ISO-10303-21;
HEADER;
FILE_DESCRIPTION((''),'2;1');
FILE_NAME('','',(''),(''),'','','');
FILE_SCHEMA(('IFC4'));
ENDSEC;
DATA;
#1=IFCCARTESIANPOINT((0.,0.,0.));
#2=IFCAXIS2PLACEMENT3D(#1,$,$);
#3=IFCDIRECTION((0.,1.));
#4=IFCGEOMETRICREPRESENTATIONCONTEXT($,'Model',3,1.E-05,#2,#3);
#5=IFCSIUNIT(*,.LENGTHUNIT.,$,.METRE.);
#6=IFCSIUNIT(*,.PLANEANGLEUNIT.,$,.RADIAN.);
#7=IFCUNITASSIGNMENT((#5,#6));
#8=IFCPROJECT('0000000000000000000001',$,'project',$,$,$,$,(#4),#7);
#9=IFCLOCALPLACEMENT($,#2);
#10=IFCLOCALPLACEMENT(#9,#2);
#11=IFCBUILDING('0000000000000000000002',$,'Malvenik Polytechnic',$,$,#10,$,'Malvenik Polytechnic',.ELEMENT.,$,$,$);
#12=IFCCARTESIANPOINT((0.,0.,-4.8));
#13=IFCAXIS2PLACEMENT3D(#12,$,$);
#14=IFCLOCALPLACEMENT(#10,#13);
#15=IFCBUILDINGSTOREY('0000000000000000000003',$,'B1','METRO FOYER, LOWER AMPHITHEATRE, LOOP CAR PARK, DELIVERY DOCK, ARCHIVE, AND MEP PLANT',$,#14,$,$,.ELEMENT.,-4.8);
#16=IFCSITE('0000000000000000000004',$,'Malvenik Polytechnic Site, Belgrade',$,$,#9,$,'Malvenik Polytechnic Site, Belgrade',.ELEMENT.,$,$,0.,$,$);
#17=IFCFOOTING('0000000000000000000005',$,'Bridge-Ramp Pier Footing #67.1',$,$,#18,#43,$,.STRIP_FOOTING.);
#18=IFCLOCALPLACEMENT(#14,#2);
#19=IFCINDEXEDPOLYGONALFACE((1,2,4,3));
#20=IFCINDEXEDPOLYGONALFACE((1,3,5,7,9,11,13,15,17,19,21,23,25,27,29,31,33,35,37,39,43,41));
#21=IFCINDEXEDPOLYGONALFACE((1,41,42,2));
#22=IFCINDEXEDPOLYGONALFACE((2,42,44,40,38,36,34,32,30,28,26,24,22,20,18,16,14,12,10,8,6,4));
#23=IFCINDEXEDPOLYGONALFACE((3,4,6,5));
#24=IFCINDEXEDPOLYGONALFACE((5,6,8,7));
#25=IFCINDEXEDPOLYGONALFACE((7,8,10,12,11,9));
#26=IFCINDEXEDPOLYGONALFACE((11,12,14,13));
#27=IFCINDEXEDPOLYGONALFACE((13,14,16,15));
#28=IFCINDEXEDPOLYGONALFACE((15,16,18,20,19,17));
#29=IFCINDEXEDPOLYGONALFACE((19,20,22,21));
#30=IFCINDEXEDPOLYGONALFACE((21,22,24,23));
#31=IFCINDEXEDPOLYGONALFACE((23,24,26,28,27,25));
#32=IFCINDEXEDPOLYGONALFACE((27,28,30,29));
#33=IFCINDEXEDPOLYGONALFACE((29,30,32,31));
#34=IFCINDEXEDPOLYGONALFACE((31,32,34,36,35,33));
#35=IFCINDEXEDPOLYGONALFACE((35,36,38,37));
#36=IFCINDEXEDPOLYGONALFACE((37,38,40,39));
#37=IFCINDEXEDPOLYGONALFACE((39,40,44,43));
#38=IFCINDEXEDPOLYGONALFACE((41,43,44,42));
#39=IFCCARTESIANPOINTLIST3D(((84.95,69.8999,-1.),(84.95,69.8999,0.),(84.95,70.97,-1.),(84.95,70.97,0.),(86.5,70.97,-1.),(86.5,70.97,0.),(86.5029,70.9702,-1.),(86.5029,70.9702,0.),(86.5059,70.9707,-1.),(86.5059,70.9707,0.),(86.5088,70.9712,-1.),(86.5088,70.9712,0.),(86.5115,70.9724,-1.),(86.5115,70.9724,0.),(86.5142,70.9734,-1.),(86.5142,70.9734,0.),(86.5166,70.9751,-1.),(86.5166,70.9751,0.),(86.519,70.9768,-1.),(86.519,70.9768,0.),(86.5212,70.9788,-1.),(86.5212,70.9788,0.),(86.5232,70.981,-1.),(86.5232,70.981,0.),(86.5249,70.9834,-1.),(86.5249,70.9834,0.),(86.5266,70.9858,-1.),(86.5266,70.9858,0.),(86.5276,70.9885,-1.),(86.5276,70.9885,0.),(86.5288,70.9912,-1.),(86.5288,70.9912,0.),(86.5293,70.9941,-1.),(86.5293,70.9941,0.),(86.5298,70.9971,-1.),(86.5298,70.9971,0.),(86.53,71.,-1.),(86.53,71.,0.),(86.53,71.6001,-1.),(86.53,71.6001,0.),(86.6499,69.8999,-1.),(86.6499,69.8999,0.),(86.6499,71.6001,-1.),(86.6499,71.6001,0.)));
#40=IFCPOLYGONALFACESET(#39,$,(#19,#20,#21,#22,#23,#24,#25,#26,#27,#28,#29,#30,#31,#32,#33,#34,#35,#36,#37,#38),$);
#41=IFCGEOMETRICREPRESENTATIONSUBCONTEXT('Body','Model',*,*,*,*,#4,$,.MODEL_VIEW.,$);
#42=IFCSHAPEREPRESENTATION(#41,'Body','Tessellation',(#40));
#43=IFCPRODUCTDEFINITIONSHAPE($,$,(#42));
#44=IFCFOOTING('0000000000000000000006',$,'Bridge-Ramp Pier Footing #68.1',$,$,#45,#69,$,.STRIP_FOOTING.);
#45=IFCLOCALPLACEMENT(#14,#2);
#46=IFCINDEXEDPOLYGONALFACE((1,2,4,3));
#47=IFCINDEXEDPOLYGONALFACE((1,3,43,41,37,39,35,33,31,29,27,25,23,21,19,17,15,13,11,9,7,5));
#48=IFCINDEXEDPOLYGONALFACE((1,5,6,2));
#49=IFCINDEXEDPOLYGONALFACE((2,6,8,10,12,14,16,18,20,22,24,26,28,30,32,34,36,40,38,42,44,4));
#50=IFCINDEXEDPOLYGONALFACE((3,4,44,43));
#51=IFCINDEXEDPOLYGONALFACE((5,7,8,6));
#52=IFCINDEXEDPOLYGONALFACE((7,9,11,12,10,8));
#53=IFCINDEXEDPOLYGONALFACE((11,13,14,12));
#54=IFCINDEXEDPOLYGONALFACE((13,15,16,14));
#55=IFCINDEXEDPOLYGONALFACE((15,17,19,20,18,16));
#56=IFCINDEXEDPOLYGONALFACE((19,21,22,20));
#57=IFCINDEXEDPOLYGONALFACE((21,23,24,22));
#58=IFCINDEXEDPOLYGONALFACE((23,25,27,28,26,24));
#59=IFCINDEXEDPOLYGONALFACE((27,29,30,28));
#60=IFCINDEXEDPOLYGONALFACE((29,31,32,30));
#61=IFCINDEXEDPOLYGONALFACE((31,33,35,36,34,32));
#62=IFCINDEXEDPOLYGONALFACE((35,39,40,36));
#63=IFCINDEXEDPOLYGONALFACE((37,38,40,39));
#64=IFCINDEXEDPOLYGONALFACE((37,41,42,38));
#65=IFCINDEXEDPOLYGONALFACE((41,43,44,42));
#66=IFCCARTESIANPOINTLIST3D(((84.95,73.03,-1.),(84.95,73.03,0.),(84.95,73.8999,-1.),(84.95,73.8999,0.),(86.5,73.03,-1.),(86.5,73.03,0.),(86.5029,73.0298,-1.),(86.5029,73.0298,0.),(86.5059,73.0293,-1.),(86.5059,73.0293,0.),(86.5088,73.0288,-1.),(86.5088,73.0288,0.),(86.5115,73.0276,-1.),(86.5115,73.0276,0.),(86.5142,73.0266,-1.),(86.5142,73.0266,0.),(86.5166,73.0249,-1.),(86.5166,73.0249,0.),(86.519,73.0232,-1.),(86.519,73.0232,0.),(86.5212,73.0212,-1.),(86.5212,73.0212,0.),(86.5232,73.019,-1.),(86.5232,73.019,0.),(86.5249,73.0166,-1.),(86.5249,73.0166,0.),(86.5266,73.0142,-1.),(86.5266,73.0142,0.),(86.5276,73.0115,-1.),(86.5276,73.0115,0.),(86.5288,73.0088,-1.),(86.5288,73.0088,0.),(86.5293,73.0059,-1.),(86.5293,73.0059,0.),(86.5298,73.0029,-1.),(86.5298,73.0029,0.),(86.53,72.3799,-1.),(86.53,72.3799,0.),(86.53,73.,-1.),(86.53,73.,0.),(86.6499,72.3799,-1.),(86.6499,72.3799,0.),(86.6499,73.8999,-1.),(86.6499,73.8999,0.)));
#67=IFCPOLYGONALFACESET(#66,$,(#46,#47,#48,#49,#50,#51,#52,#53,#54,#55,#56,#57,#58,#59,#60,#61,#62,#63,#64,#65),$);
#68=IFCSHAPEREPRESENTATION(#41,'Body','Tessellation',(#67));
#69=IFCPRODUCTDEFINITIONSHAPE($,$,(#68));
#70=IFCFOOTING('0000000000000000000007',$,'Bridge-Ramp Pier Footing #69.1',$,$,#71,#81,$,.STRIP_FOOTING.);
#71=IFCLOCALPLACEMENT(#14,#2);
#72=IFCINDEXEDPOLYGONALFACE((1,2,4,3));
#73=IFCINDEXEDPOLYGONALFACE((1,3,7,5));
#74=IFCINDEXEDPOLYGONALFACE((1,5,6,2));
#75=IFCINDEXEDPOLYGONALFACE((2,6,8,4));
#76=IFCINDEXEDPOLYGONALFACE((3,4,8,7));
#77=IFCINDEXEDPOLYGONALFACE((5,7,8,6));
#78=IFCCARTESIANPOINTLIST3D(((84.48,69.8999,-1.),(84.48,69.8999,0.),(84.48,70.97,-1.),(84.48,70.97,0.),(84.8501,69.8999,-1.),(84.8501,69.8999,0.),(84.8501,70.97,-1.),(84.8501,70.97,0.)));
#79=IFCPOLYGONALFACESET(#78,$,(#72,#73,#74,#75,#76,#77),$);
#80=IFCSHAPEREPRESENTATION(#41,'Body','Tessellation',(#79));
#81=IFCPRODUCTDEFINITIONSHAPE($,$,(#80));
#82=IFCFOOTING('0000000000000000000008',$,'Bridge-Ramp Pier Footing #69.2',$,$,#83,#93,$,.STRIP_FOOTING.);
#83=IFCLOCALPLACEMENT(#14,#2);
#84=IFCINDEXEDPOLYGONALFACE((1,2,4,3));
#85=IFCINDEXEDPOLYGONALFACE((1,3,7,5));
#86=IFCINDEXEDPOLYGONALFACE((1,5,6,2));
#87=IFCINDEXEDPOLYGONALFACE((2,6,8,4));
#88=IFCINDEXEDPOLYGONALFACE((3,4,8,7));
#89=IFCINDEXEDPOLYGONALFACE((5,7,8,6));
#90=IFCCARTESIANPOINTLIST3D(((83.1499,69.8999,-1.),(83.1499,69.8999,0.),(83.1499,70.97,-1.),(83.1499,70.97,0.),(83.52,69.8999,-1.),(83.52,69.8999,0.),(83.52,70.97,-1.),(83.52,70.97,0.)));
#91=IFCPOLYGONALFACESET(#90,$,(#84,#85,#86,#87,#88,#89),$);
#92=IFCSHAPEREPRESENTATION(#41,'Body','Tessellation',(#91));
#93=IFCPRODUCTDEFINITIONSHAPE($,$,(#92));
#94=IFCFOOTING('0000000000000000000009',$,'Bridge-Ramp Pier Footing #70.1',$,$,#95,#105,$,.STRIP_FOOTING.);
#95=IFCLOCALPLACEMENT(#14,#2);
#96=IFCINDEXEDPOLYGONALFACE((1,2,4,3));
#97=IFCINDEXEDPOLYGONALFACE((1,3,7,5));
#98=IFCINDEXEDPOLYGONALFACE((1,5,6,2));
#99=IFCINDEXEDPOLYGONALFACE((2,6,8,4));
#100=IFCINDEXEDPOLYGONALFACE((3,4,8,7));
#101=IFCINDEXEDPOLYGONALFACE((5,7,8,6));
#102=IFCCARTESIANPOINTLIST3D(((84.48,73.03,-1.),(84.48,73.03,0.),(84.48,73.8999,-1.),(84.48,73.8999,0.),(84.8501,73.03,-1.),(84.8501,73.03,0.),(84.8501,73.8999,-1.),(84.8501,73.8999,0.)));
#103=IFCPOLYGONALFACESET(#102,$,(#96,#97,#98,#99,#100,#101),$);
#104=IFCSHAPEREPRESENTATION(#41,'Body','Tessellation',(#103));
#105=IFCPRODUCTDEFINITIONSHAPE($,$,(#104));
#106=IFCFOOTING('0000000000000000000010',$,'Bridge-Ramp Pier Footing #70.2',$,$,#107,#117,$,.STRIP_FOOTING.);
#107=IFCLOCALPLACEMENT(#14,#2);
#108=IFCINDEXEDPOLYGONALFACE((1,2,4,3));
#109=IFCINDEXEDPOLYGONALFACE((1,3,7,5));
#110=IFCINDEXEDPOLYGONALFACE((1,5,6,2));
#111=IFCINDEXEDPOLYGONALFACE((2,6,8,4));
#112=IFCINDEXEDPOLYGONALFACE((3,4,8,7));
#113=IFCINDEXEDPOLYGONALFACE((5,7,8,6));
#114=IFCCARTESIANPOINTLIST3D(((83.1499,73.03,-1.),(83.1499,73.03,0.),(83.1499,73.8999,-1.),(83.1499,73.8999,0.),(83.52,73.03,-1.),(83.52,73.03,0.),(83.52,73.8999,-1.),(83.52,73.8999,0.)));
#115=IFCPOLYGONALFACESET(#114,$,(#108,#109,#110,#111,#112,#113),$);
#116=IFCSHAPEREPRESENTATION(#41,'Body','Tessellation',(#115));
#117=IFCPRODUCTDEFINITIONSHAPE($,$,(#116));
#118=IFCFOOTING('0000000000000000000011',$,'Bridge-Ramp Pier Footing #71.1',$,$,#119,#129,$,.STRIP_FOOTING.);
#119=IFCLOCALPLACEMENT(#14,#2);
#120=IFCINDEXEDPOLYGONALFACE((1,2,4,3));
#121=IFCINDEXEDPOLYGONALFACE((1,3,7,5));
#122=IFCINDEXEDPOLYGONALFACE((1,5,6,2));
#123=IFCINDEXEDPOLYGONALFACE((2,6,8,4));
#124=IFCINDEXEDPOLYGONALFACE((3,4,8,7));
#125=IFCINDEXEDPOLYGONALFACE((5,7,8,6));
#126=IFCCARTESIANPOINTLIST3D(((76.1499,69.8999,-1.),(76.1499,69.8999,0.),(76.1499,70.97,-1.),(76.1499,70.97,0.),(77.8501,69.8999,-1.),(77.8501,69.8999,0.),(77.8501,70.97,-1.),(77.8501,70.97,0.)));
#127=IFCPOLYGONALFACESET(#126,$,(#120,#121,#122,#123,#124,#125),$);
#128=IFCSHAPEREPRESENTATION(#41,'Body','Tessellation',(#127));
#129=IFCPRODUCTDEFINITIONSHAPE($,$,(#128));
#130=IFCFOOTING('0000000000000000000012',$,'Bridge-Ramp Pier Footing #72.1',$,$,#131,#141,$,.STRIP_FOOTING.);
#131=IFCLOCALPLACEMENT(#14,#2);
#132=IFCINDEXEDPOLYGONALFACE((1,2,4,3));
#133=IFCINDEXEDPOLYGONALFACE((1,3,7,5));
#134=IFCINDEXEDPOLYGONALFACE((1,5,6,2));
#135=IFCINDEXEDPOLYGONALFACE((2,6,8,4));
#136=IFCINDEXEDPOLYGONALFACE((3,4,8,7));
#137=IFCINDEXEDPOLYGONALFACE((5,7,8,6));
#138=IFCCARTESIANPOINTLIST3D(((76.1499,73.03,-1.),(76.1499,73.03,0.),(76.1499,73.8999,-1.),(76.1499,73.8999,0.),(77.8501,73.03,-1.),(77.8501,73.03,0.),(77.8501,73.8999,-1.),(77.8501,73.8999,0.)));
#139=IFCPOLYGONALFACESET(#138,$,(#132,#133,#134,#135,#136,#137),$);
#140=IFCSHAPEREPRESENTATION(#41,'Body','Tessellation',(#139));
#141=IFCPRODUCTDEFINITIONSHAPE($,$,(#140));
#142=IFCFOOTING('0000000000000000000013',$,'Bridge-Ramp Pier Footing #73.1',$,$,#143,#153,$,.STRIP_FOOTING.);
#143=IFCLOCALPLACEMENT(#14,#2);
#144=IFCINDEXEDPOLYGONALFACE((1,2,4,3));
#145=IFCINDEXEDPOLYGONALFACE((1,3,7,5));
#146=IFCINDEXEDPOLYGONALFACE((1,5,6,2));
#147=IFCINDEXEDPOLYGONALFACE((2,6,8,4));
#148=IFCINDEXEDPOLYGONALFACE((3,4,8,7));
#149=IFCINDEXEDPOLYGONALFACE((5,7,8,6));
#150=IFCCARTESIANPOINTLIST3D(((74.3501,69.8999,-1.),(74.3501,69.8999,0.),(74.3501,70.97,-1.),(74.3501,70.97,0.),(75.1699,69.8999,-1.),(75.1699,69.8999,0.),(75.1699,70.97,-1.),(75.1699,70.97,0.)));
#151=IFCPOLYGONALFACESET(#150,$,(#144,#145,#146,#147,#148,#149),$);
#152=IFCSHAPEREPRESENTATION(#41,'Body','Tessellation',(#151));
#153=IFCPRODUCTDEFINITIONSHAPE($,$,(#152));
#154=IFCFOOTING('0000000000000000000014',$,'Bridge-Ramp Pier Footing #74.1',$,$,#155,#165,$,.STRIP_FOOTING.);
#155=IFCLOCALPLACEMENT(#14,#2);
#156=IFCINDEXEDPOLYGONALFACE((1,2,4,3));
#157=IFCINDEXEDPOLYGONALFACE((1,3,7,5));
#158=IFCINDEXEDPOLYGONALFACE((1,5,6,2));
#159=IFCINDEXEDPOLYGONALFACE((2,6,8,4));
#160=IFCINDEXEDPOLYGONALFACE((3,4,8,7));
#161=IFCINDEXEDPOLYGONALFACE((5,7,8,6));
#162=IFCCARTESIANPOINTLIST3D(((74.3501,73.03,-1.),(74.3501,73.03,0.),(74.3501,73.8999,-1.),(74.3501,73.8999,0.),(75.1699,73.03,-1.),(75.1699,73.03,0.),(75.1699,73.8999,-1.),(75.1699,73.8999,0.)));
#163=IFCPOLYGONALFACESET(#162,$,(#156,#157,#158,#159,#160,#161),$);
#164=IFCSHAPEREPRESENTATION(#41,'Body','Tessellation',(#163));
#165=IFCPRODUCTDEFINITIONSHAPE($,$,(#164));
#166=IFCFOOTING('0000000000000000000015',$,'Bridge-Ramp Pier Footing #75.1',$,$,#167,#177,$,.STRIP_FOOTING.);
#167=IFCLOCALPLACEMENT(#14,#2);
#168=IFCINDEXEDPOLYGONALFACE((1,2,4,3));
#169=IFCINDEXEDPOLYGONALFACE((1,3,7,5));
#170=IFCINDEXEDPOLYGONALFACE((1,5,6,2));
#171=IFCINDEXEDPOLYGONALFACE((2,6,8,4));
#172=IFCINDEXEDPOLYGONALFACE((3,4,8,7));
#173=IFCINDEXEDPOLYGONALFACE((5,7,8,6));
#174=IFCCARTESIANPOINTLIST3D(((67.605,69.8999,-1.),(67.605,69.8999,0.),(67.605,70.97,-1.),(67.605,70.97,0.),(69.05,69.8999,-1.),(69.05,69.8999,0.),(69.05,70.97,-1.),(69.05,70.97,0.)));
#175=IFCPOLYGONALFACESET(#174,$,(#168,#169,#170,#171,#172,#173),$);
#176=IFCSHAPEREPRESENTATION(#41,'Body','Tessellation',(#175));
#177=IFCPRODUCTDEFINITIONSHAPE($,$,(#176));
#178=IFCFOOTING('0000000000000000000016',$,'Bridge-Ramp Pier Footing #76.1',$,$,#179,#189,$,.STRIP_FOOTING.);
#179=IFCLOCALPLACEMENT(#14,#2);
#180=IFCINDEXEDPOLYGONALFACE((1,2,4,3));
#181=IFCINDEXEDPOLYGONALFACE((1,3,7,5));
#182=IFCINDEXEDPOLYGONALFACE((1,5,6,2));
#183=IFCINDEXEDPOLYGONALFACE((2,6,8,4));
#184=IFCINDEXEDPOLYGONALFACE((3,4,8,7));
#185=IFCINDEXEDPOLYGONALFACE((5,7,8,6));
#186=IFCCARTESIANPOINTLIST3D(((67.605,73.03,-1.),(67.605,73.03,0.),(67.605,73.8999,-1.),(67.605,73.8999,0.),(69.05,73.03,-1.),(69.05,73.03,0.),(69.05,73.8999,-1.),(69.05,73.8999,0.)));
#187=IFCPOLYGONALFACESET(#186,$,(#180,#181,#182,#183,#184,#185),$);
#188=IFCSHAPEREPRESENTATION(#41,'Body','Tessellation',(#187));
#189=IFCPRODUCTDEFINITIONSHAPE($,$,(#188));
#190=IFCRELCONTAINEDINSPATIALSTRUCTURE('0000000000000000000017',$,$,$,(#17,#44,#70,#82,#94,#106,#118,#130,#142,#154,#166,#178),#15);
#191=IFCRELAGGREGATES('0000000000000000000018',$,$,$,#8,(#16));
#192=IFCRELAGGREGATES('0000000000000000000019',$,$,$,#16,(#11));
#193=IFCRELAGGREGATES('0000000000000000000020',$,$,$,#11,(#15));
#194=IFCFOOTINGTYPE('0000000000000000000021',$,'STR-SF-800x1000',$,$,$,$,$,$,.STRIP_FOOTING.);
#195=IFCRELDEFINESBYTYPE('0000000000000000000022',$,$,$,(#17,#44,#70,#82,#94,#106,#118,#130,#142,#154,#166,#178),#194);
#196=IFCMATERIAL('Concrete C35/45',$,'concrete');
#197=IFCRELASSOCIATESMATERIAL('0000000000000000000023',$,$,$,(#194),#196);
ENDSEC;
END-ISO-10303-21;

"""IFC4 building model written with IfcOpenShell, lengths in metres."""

from ifc_helpers import new_model, si_unit, direction, frame, origin, place, context, subcontext, project, spatial, polyline, outline, extrude, material, type_object, element, save


model = new_model("IFC4")

# Units and contexts
model_context = context("Model", 3, precision=1e-05, world=origin(), true_north=direction((0.0, 1.0)))
body_context = subcontext(model_context, "Body", "Model", "MODEL_VIEW")
ifc_project = project(units=[si_unit("LENGTHUNIT", "METRE"), si_unit("PLANEANGLEUNIT", "RADIAN")], contexts=[model_context])

# Site, building, storey
site_placement = place(None, origin())
site = spatial("IfcSite", under=ifc_project, at=site_placement, Name="Malvenik Polytechnic Site, Belgrade", LongName="Malvenik Polytechnic Site, Belgrade", CompositionType="ELEMENT", RefElevation=0.0)
building_placement = place(site_placement, origin())
building = spatial("IfcBuilding", under=site, at=building_placement, Name="Malvenik Polytechnic", LongName="Malvenik Polytechnic", CompositionType="ELEMENT")
storey_placement = place(building_placement, frame((0.0, 0.0, -4.8)))
storey = spatial("IfcBuildingStorey", under=building, at=storey_placement, Name="B1", Description="METRO FOYER, LOWER AMPHITHEATRE, LOOP CAR PARK, DELIVERY DOCK, ARCHIVE, AND MEP PLANT", CompositionType="ELEMENT", Elevation=-4.8)

# Footings
ifc_material = material(Name="Concrete C35/45", Category="concrete")
footing_type = type_object("IfcFootingType", Name="STR-SF-800x1000", PredefinedType="STRIP_FOOTING", material=ifc_material)
footing_1_placement = place(storey_placement, frame((0.0, 0.0, -1.0)))
element("IfcFooting", 1, at=footing_1_placement, inside=storey, type_object=footing_type, Name="Bridge-Ramp Pier Footing #67.1", PredefinedType="STRIP_FOOTING", context=body_context, shape_type="SweptSolid", body=[
    extrude(outline(polyline([(86.6499, 71.6001), (86.6499, 69.8999), (84.95, 69.8999), (84.95, 70.97), (86.5, 70.97), (86.5029, 70.9702), (86.5059, 70.9707), (86.5088, 70.9712), (86.5115, 70.9724), (86.5142, 70.9734), (86.5166, 70.9751), (86.519, 70.9768), (86.5212, 70.9788), (86.5232, 70.981), (86.5249, 70.9834), (86.5266, 70.9858), (86.5276, 70.9885), (86.5288, 70.9912), (86.5293, 70.9941), (86.5298, 70.9971), (86.53, 71.0), (86.53, 71.6001), (86.6499, 71.6001)])), origin(), (0.0, 0.0, 1.0), 1.0),
])
footing_2_placement = place(storey_placement, frame((0.0, 0.0, -1.0)))
element("IfcFooting", 2, at=footing_2_placement, inside=storey, type_object=footing_type, Name="Bridge-Ramp Pier Footing #68.1", PredefinedType="STRIP_FOOTING", context=body_context, shape_type="SweptSolid", body=[
    extrude(outline(polyline([(84.95, 73.8999), (86.6499, 73.8999), (86.6499, 72.3799), (86.53, 72.3799), (86.53, 73.0), (86.5298, 73.0029), (86.5293, 73.0059), (86.5288, 73.0088), (86.5276, 73.0115), (86.5266, 73.0142), (86.5249, 73.0166), (86.5232, 73.019), (86.5212, 73.0212), (86.519, 73.0232), (86.5166, 73.0249), (86.5142, 73.0266), (86.5115, 73.0276), (86.5088, 73.0288), (86.5059, 73.0293), (86.5029, 73.0298), (86.5, 73.03), (84.95, 73.03), (84.95, 73.8999)])), origin(), (0.0, 0.0, 1.0), 1.0),
])
footing_3_placement = place(storey_placement, frame((0.0, 0.0, -1.0)))
element("IfcFooting", 3, at=footing_3_placement, inside=storey, type_object=footing_type, Name="Bridge-Ramp Pier Footing #69.1", PredefinedType="STRIP_FOOTING", context=body_context, shape_type="SweptSolid", body=[
    extrude(outline(polyline([(84.8501, 69.8999), (84.48, 69.8999), (84.48, 70.97), (84.8501, 70.97), (84.8501, 69.8999)])), origin(), (0.0, 0.0, 1.0), 1.0),
])
footing_4_placement = place(storey_placement, frame((0.0, 0.0, -1.0)))
element("IfcFooting", 4, at=footing_4_placement, inside=storey, type_object=footing_type, Name="Bridge-Ramp Pier Footing #69.2", PredefinedType="STRIP_FOOTING", context=body_context, shape_type="SweptSolid", body=[
    extrude(outline(polyline([(83.1499, 69.8999), (83.1499, 70.97), (83.52, 70.97), (83.52, 69.8999), (83.1499, 69.8999)])), origin(), (0.0, 0.0, 1.0), 1.0),
])
footing_5_placement = place(storey_placement, frame((0.0, 0.0, -1.0)))
element("IfcFooting", 5, at=footing_5_placement, inside=storey, type_object=footing_type, Name="Bridge-Ramp Pier Footing #70.1", PredefinedType="STRIP_FOOTING", context=body_context, shape_type="SweptSolid", body=[
    extrude(outline(polyline([(84.8501, 73.8999), (84.8501, 73.03), (84.48, 73.03), (84.48, 73.8999), (84.8501, 73.8999)])), origin(), (0.0, 0.0, 1.0), 1.0),
])
footing_6_placement = place(storey_placement, frame((0.0, 0.0, -1.0)))
element("IfcFooting", 6, at=footing_6_placement, inside=storey, type_object=footing_type, Name="Bridge-Ramp Pier Footing #70.2", PredefinedType="STRIP_FOOTING", context=body_context, shape_type="SweptSolid", body=[
    extrude(outline(polyline([(83.1499, 73.8999), (83.52, 73.8999), (83.52, 73.03), (83.1499, 73.03), (83.1499, 73.8999)])), origin(), (0.0, 0.0, 1.0), 1.0),
])
footing_7_placement = place(storey_placement, frame((0.0, 0.0, -1.0)))
element("IfcFooting", 7, at=footing_7_placement, inside=storey, type_object=footing_type, Name="Bridge-Ramp Pier Footing #71.1", PredefinedType="STRIP_FOOTING", context=body_context, shape_type="SweptSolid", body=[
    extrude(outline(polyline([(77.8501, 69.8999), (76.1499, 69.8999), (76.1499, 70.97), (77.8501, 70.97), (77.8501, 69.8999)])), origin(), (0.0, 0.0, 1.0), 1.0),
])
footing_8_placement = place(storey_placement, frame((0.0, 0.0, -1.0)))
element("IfcFooting", 8, at=footing_8_placement, inside=storey, type_object=footing_type, Name="Bridge-Ramp Pier Footing #72.1", PredefinedType="STRIP_FOOTING", context=body_context, shape_type="SweptSolid", body=[
    extrude(outline(polyline([(76.1499, 73.8999), (77.8501, 73.8999), (77.8501, 73.03), (76.1499, 73.03), (76.1499, 73.8999)])), origin(), (0.0, 0.0, 1.0), 1.0),
])
footing_9_placement = place(storey_placement, frame((0.0, 0.0, -1.0)))
element("IfcFooting", 9, at=footing_9_placement, inside=storey, type_object=footing_type, Name="Bridge-Ramp Pier Footing #73.1", PredefinedType="STRIP_FOOTING", context=body_context, shape_type="SweptSolid", body=[
    extrude(outline(polyline([(74.3501, 69.8999), (74.3501, 70.97), (75.1699, 70.97), (75.1699, 69.8999), (74.3501, 69.8999)])), origin(), (0.0, 0.0, 1.0), 1.0),
])
footing_10_placement = place(storey_placement, frame((0.0, 0.0, -1.0)))
element("IfcFooting", 10, at=footing_10_placement, inside=storey, type_object=footing_type, Name="Bridge-Ramp Pier Footing #74.1", PredefinedType="STRIP_FOOTING", context=body_context, shape_type="SweptSolid", body=[
    extrude(outline(polyline([(74.3501, 73.8999), (75.1699, 73.8999), (75.1699, 73.03), (74.3501, 73.03), (74.3501, 73.8999)])), origin(), (0.0, 0.0, 1.0), 1.0),
])
footing_11_placement = place(storey_placement, frame((0.0, 0.0, -1.0)))
element("IfcFooting", 11, at=footing_11_placement, inside=storey, type_object=footing_type, Name="Bridge-Ramp Pier Footing #75.1", PredefinedType="STRIP_FOOTING", context=body_context, shape_type="SweptSolid", body=[
    extrude(outline(polyline([(69.05, 69.8999), (67.605, 69.8999), (67.605, 70.97), (69.05, 70.97), (69.05, 69.8999)])), origin(), (0.0, 0.0, 1.0), 1.0),
])
footing_12_placement = place(storey_placement, frame((0.0, 0.0, -1.0)))
element("IfcFooting", 12, at=footing_12_placement, inside=storey, type_object=footing_type, Name="Bridge-Ramp Pier Footing #76.1", PredefinedType="STRIP_FOOTING", context=body_context, shape_type="SweptSolid", body=[
    extrude(outline(polyline([(69.05, 73.8999), (69.05, 73.03), (67.605, 73.03), (67.605, 73.8999), (69.05, 73.8999)])), origin(), (0.0, 0.0, 1.0), 1.0),
])

save(model, "model.ifc")
